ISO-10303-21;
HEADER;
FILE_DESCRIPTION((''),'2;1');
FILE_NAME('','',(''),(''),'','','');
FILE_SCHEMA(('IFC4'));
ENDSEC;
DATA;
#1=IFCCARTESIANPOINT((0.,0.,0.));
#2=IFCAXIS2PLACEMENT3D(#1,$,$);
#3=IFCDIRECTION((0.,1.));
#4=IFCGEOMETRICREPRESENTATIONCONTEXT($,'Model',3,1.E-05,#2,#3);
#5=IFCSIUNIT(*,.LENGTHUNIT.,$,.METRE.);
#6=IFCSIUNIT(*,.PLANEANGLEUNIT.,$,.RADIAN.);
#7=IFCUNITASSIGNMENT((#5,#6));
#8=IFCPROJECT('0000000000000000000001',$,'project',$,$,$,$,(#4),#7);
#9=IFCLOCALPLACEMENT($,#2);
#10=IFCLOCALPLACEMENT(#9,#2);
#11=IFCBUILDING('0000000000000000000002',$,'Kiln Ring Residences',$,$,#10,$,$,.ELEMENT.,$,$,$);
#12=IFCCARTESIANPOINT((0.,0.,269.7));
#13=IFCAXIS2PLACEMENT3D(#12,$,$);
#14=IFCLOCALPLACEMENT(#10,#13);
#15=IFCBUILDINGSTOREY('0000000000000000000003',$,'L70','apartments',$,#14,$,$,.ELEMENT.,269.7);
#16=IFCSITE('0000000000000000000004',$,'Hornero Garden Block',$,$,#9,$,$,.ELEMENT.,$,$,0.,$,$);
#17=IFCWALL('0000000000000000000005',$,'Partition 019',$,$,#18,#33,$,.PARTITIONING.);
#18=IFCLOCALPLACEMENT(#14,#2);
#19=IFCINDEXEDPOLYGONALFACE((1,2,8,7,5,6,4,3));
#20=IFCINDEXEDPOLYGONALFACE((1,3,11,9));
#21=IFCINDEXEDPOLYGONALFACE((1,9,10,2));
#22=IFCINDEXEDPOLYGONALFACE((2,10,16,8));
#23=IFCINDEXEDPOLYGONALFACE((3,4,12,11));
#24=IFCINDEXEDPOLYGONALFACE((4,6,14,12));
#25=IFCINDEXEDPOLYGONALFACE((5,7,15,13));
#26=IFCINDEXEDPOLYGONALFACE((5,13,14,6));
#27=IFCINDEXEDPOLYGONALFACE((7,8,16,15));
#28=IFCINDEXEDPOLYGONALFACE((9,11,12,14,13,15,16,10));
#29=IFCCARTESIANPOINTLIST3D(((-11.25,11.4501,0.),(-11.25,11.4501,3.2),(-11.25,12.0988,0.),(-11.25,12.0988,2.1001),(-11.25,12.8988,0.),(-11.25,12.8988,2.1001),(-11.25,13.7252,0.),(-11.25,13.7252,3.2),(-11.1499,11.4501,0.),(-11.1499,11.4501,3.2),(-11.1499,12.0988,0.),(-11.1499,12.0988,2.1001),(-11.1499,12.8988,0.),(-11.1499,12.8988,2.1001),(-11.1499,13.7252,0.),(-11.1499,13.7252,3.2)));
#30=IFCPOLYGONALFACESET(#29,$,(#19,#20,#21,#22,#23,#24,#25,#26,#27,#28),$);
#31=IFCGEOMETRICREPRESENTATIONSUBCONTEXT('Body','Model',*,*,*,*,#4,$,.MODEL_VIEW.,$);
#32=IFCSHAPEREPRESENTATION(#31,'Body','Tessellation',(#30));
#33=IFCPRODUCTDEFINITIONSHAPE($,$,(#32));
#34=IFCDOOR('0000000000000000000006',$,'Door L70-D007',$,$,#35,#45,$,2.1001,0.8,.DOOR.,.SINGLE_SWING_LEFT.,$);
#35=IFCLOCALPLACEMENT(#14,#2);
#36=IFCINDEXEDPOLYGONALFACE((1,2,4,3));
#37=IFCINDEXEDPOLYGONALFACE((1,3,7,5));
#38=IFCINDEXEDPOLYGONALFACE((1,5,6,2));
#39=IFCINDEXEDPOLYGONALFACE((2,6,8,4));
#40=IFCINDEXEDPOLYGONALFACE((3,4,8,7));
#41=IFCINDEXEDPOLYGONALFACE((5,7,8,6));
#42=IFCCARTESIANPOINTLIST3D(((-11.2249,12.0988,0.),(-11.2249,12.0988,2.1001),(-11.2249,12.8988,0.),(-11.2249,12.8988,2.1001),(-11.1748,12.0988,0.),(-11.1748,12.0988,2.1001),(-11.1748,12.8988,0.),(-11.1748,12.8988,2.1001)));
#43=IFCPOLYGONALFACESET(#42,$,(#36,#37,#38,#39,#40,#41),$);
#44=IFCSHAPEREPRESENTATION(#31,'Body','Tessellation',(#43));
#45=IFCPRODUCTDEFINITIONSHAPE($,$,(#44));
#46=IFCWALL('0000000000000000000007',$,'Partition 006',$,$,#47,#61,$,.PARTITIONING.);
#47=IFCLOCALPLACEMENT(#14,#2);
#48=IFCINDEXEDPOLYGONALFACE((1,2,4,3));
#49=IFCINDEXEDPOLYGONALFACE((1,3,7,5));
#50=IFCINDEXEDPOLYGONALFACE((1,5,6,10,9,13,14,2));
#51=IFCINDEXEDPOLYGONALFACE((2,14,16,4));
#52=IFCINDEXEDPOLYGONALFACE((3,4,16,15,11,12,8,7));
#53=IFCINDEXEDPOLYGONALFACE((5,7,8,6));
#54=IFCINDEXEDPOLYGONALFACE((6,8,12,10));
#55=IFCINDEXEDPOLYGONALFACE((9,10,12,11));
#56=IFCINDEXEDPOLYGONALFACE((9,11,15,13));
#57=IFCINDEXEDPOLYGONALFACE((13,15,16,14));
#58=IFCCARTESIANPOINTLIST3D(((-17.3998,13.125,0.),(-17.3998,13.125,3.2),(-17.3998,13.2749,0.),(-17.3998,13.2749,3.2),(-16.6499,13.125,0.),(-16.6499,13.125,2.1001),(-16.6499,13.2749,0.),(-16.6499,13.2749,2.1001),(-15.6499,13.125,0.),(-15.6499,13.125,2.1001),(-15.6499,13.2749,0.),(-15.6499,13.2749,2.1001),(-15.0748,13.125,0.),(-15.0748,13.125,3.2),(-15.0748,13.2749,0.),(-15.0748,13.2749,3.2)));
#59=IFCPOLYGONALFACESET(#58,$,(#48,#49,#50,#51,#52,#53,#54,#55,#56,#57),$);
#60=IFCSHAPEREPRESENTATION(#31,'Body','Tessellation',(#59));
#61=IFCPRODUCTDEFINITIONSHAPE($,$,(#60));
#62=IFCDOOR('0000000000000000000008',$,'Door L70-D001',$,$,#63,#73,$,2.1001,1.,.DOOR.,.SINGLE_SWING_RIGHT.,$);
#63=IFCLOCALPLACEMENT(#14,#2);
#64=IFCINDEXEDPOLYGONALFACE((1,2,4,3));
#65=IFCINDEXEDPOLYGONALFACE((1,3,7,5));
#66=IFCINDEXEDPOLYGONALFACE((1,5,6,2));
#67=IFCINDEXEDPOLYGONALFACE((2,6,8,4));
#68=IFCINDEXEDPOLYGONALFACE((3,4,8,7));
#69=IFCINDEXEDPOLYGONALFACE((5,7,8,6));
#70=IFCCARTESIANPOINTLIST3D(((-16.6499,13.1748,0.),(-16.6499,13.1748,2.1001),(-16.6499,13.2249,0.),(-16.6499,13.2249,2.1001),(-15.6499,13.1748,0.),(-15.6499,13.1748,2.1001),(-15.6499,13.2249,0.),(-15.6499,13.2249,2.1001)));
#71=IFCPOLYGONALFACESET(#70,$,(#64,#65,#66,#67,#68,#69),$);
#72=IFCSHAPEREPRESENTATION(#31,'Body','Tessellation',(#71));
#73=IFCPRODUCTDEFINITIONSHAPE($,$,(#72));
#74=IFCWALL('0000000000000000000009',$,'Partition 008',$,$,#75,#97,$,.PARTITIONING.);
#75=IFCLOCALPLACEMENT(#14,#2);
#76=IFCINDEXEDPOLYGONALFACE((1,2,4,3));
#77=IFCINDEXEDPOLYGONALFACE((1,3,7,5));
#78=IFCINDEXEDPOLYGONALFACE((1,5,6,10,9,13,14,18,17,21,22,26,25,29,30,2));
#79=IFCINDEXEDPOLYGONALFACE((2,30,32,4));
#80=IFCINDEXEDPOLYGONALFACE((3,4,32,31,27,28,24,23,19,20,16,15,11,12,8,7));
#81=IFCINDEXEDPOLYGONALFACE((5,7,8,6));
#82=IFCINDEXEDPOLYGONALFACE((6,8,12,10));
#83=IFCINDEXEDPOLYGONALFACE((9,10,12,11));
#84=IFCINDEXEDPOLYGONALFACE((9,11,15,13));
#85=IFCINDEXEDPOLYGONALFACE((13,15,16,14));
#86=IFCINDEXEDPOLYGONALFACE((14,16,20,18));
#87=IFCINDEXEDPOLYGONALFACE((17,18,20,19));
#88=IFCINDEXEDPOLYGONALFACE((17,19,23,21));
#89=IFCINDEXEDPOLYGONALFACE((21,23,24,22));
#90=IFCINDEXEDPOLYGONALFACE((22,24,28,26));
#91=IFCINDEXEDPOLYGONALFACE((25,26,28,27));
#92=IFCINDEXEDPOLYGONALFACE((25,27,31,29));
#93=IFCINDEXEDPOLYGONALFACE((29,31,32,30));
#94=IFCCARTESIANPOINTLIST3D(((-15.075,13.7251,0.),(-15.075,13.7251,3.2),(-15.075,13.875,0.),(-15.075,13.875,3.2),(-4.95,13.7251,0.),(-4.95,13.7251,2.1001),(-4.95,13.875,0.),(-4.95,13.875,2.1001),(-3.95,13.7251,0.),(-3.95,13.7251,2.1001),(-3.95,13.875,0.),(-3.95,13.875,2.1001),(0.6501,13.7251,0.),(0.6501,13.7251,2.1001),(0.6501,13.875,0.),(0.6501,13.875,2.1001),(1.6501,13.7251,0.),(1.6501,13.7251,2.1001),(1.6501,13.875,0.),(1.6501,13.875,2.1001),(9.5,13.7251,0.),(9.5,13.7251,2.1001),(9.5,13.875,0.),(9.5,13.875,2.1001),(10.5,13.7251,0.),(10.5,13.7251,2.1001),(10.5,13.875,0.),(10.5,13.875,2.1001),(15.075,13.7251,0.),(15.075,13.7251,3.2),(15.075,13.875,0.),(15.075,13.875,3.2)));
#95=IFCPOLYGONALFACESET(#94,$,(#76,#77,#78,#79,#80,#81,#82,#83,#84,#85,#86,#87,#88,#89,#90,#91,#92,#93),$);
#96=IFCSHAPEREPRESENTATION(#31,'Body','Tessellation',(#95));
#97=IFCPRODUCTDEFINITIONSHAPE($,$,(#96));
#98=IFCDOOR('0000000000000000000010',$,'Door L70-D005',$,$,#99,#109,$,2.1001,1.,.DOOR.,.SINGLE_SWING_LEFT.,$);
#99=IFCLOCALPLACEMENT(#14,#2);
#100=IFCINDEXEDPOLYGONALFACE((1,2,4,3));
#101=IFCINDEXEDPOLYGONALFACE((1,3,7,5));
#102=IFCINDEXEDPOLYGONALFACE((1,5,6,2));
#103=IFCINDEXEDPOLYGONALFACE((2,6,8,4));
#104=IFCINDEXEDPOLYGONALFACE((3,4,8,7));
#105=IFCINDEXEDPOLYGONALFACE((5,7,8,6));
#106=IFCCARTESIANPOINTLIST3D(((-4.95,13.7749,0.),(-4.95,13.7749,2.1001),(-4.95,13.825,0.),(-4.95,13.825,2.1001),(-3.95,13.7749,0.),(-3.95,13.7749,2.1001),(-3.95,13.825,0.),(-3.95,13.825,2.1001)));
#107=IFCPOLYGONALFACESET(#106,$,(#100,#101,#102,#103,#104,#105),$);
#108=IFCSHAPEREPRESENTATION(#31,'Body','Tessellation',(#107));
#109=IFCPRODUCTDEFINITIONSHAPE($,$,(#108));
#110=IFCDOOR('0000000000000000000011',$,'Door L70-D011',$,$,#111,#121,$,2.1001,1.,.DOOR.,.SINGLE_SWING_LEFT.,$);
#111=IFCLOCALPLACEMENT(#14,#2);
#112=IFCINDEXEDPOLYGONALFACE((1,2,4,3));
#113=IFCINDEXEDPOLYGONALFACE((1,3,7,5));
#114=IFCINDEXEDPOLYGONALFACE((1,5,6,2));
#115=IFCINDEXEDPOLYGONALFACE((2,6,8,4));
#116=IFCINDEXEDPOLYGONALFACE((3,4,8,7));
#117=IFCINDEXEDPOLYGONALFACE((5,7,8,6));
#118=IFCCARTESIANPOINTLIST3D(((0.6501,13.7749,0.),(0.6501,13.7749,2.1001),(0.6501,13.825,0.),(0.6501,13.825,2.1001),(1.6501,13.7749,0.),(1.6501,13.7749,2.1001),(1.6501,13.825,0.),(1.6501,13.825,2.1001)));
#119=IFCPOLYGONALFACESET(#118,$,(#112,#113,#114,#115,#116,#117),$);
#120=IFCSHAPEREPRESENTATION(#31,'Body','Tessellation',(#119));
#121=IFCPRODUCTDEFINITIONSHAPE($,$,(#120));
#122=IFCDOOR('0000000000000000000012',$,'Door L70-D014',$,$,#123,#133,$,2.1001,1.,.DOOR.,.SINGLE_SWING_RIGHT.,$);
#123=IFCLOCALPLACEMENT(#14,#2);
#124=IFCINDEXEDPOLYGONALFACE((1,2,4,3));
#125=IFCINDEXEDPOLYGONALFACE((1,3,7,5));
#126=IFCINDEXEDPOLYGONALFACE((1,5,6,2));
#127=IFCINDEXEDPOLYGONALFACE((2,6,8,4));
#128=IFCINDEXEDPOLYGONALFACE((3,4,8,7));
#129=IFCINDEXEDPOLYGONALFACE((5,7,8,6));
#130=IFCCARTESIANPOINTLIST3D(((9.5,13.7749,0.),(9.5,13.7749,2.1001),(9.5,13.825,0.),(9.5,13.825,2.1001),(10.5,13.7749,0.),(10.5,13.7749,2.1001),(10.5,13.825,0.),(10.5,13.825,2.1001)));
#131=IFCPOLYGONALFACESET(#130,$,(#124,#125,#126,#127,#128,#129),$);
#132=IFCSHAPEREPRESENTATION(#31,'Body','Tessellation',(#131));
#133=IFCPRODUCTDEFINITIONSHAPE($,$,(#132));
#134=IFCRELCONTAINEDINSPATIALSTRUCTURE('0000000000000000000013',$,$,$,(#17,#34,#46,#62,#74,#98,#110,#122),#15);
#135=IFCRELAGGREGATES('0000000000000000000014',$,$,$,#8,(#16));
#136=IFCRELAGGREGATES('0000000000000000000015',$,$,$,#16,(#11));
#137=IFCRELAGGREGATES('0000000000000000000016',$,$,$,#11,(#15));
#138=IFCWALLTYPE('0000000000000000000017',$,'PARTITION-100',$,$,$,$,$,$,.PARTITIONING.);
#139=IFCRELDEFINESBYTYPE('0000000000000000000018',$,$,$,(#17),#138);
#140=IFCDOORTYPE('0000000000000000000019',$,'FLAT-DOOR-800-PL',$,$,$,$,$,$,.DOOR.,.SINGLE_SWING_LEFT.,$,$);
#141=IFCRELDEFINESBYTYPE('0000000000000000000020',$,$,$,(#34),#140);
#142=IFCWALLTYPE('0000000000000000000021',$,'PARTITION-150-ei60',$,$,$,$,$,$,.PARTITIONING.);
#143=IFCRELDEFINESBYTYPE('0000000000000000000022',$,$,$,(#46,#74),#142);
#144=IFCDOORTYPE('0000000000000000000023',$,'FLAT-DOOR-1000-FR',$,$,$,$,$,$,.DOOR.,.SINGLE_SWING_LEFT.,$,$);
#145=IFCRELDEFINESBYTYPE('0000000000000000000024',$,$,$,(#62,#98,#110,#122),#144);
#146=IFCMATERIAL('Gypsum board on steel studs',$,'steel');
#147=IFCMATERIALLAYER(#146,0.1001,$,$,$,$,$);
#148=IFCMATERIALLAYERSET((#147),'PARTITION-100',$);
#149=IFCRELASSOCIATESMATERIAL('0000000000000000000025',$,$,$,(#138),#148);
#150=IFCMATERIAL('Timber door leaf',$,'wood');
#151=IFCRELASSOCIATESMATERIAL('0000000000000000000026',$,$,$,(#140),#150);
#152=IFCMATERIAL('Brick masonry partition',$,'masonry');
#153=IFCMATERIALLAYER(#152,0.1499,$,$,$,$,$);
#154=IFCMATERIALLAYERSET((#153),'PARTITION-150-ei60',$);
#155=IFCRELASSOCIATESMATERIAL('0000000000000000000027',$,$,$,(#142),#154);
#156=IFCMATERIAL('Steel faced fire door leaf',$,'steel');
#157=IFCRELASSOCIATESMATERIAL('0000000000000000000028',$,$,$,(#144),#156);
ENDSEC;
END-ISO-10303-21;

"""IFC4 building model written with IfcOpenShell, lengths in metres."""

from ifc_helpers import new_model, si_unit, direction, frame, frame_2d, origin, place, context, subcontext, project, spatial, rectangle, extrude, material, layer, layer_set, type_object, element, fill, save


model = new_model("IFC4")

# Units and contexts
model_context = context("Model", 3, precision=1e-05, world=origin(), true_north=direction((0.0, 1.0)))
body_context = subcontext(model_context, "Body", "Model", "MODEL_VIEW")
ifc_project = project(units=[si_unit("LENGTHUNIT", "METRE"), si_unit("PLANEANGLEUNIT", "RADIAN")], contexts=[model_context])

# Site, building, storey
site_placement = place(None, origin())
site = spatial("IfcSite", under=ifc_project, at=site_placement, Name="Hornero Garden Block", CompositionType="ELEMENT", RefElevation=0.0)
building_placement = place(site_placement, origin())
building = spatial("IfcBuilding", under=site, at=building_placement, Name="Kiln Ring Residences", CompositionType="ELEMENT")
storey_placement = place(building_placement, frame((0.0, 0.0, 269.7)))
storey = spatial("IfcBuildingStorey", under=building, at=storey_placement, Name="L70", Description="apartments", CompositionType="ELEMENT", Elevation=269.7)

# Shared definitions
ifc_material_1 = material(Name="Gypsum board on steel studs", Category="steel")
ifc_layer_1 = layer(ifc_material_1, 0.1001)
ifc_layer_set_1 = layer_set([ifc_layer_1], Name="PARTITION-100")
wall_type_1 = type_object("IfcWallType", Name="PARTITION-100", PredefinedType="PARTITIONING", material=ifc_layer_set_1)
ifc_material_2 = material(Name="Timber door leaf", Category="wood")
door_type_1 = type_object("IfcDoorType", Name="FLAT-DOOR-800-PL", OperationType="SINGLE_SWING_LEFT", PredefinedType="DOOR", material=ifc_material_2)

# Walls, openings, doors
wall_1_placement = place(storey_placement, frame((-11.2, 11.45, 0.0), z_axis=(0.0, 0.0, 1.0), x_axis=(0.0, 1.0, 0.0)))
wall_1 = element("IfcWall", 1, at=wall_1_placement, inside=storey, type_object=wall_type_1, Name="Partition 019", PredefinedType="PARTITIONING", context=body_context, shape_type="SweptSolid", body=[
    extrude(rectangle(XDim=2.2751, YDim=0.1001, at=frame_2d((1.1377, 0.0))), origin(), (0.0, 0.0, 1.0), 3.2),
])
opening_1_placement = place(wall_1_placement, frame((0.6489, 0.0, 0.0)))
opening_1 = element("IfcOpeningElement", 2, at=opening_1_placement, cuts=wall_1, PredefinedType="OPENING", context=body_context, shape_type="SweptSolid", body=[
    extrude(rectangle(XDim=0.8, YDim=2.1001, at=frame_2d((0.3999, 1.05))), frame((0.0, 0.0601, 0.0), z_axis=(0.0, -1.0, 0.0), x_axis=(1.0, 0.0, 0.0)), (0.0, 0.0, 1.0), 0.1201),
])
door_1_placement = place(opening_1_placement, origin())
door_1 = element("IfcDoor", 3, at=door_1_placement, inside=storey, type_object=door_type_1, Name="Door L70-D007", OperationType="SINGLE_SWING_LEFT", OverallHeight=2.1001, OverallWidth=0.8, PredefinedType="DOOR", context=body_context, shape_type="SweptSolid", body=[
    extrude(rectangle(XDim=0.8, YDim=2.1001, at=frame_2d((0.3999, 1.05))), frame((0.0, 0.0249, 0.0), z_axis=(0.0, -1.0, 0.0), x_axis=(1.0, 0.0, 0.0)), (0.0, 0.0, 1.0), 0.05),
])
fill(opening_1, door_1)
ifc_material_3 = material(Name="Brick masonry partition", Category="masonry")
ifc_layer_2 = layer(ifc_material_3, 0.1499)
ifc_layer_set_2 = layer_set([ifc_layer_2], Name="PARTITION-150-ei60")
wall_type_2 = type_object("IfcWallType", Name="PARTITION-150-ei60", PredefinedType="PARTITIONING", material=ifc_layer_set_2)
wall_2_placement = place(storey_placement, frame((-17.3999, 13.2, 0.0), z_axis=(0.0, 0.0, 1.0), x_axis=(1.0, 0.0, 0.0)))
wall_2 = element("IfcWall", 4, at=wall_2_placement, inside=storey, type_object=wall_type_2, Name="Partition 006", PredefinedType="PARTITIONING", context=body_context, shape_type="SweptSolid", body=[
    extrude(rectangle(XDim=2.325, YDim=0.1499, at=frame_2d((1.1626, 0.0))), origin(), (0.0, 0.0, 1.0), 3.2),
])
opening_2_placement = place(wall_2_placement, frame((0.75, 0.0, 0.0)))
opening_2 = element("IfcOpeningElement", 5, at=opening_2_placement, cuts=wall_2, PredefinedType="OPENING", context=body_context, shape_type="SweptSolid", body=[
    extrude(rectangle(XDim=1.0, YDim=2.1001, at=frame_2d((0.5, 1.05))), frame((0.0, 0.085, 0.0), z_axis=(0.0, -1.0, 0.0), x_axis=(1.0, 0.0, 0.0)), (0.0, 0.0, 1.0), 0.1699),
])
ifc_material_4 = material(Name="Steel faced fire door leaf", Category="steel")
door_type_2 = type_object("IfcDoorType", Name="FLAT-DOOR-1000-FR", OperationType="SINGLE_SWING_LEFT", PredefinedType="DOOR", material=ifc_material_4)
door_2_placement = place(opening_2_placement, origin())
door_2 = element("IfcDoor", 6, at=door_2_placement, inside=storey, type_object=door_type_2, Name="Door L70-D001", OperationType="SINGLE_SWING_RIGHT", OverallHeight=2.1001, OverallWidth=1.0, PredefinedType="DOOR", context=body_context, shape_type="SweptSolid", body=[
    extrude(rectangle(XDim=1.0, YDim=2.1001, at=frame_2d((0.5, 1.05))), frame((0.0, 0.0249, 0.0), z_axis=(0.0, -1.0, 0.0), x_axis=(1.0, 0.0, 0.0)), (0.0, 0.0, 1.0), 0.05),
])
fill(opening_2, door_2)

# Wall, openings, doors
wall_3_placement = place(storey_placement, frame((-15.075, 13.8, 0.0), z_axis=(0.0, 0.0, 1.0), x_axis=(1.0, 0.0, 0.0)))
wall_3 = element("IfcWall", 7, at=wall_3_placement, inside=storey, type_object=wall_type_2, Name="Partition 008", PredefinedType="PARTITIONING", context=body_context, shape_type="SweptSolid", body=[
    extrude(rectangle(XDim=30.1499, YDim=0.1499, at=frame_2d((15.075, 0.0))), origin(), (0.0, 0.0, 1.0), 3.2),
])
opening_3_placement = place(wall_3_placement, frame((10.125, 0.0, 0.0)))
opening_3 = element("IfcOpeningElement", 8, at=opening_3_placement, cuts=wall_3, PredefinedType="OPENING", context=body_context, shape_type="SweptSolid", body=[
    extrude(rectangle(XDim=1.0, YDim=2.1001, at=frame_2d((0.5, 1.05))), frame((0.0, 0.085, 0.0), z_axis=(0.0, -1.0, 0.0), x_axis=(1.0, 0.0, 0.0)), (0.0, 0.0, 1.0), 0.1699),
])
opening_4_placement = place(wall_3_placement, frame((15.7251, 0.0, 0.0)))
opening_4 = element("IfcOpeningElement", 9, at=opening_4_placement, cuts=wall_3, PredefinedType="OPENING", context=body_context, shape_type="SweptSolid", body=[
    extrude(rectangle(XDim=1.0, YDim=2.1001, at=frame_2d((0.5, 1.05))), frame((0.0, 0.085, 0.0), z_axis=(0.0, -1.0, 0.0), x_axis=(1.0, 0.0, 0.0)), (0.0, 0.0, 1.0), 0.1699),
])
opening_5_placement = place(wall_3_placement, frame((24.575, 0.0, 0.0)))
opening_5 = element("IfcOpeningElement", 10, at=opening_5_placement, cuts=wall_3, PredefinedType="OPENING", context=body_context, shape_type="SweptSolid", body=[
    extrude(rectangle(XDim=1.0, YDim=2.1001, at=frame_2d((0.5, 1.05))), frame((0.0, 0.085, 0.0), z_axis=(0.0, -1.0, 0.0), x_axis=(1.0, 0.0, 0.0)), (0.0, 0.0, 1.0), 0.1699),
])
door_3_placement = place(opening_3_placement, origin())
door_3 = element("IfcDoor", 11, at=door_3_placement, inside=storey, type_object=door_type_2, Name="Door L70-D005", OperationType="SINGLE_SWING_LEFT", OverallHeight=2.1001, OverallWidth=1.0, PredefinedType="DOOR", context=body_context, shape_type="SweptSolid", body=[
    extrude(rectangle(XDim=1.0, YDim=2.1001, at=frame_2d((0.5, 1.05))), frame((0.0, 0.0249, 0.0), z_axis=(0.0, -1.0, 0.0), x_axis=(1.0, 0.0, 0.0)), (0.0, 0.0, 1.0), 0.05),
])
fill(opening_3, door_3)
door_4_placement = place(opening_4_placement, origin())
door_4 = element("IfcDoor", 12, at=door_4_placement, inside=storey, type_object=door_type_2, Name="Door L70-D011", OperationType="SINGLE_SWING_LEFT", OverallHeight=2.1001, OverallWidth=1.0, PredefinedType="DOOR", context=body_context, shape_type="SweptSolid", body=[
    extrude(rectangle(XDim=1.0, YDim=2.1001, at=frame_2d((0.5, 1.05))), frame((0.0, 0.0249, 0.0), z_axis=(0.0, -1.0, 0.0), x_axis=(1.0, 0.0, 0.0)), (0.0, 0.0, 1.0), 0.05),
])
fill(opening_4, door_4)
door_5_placement = place(opening_5_placement, origin())
door_5 = element("IfcDoor", 13, at=door_5_placement, inside=storey, type_object=door_type_2, Name="Door L70-D014", OperationType="SINGLE_SWING_RIGHT", OverallHeight=2.1001, OverallWidth=1.0, PredefinedType="DOOR", context=body_context, shape_type="SweptSolid", body=[
    extrude(rectangle(XDim=1.0, YDim=2.1001, at=frame_2d((0.5, 1.05))), frame((0.0, 0.0249, 0.0), z_axis=(0.0, -1.0, 0.0), x_axis=(1.0, 0.0, 0.0)), (0.0, 0.0, 1.0), 0.05),
])
fill(opening_5, door_5)

save(model, "model.ifc")
